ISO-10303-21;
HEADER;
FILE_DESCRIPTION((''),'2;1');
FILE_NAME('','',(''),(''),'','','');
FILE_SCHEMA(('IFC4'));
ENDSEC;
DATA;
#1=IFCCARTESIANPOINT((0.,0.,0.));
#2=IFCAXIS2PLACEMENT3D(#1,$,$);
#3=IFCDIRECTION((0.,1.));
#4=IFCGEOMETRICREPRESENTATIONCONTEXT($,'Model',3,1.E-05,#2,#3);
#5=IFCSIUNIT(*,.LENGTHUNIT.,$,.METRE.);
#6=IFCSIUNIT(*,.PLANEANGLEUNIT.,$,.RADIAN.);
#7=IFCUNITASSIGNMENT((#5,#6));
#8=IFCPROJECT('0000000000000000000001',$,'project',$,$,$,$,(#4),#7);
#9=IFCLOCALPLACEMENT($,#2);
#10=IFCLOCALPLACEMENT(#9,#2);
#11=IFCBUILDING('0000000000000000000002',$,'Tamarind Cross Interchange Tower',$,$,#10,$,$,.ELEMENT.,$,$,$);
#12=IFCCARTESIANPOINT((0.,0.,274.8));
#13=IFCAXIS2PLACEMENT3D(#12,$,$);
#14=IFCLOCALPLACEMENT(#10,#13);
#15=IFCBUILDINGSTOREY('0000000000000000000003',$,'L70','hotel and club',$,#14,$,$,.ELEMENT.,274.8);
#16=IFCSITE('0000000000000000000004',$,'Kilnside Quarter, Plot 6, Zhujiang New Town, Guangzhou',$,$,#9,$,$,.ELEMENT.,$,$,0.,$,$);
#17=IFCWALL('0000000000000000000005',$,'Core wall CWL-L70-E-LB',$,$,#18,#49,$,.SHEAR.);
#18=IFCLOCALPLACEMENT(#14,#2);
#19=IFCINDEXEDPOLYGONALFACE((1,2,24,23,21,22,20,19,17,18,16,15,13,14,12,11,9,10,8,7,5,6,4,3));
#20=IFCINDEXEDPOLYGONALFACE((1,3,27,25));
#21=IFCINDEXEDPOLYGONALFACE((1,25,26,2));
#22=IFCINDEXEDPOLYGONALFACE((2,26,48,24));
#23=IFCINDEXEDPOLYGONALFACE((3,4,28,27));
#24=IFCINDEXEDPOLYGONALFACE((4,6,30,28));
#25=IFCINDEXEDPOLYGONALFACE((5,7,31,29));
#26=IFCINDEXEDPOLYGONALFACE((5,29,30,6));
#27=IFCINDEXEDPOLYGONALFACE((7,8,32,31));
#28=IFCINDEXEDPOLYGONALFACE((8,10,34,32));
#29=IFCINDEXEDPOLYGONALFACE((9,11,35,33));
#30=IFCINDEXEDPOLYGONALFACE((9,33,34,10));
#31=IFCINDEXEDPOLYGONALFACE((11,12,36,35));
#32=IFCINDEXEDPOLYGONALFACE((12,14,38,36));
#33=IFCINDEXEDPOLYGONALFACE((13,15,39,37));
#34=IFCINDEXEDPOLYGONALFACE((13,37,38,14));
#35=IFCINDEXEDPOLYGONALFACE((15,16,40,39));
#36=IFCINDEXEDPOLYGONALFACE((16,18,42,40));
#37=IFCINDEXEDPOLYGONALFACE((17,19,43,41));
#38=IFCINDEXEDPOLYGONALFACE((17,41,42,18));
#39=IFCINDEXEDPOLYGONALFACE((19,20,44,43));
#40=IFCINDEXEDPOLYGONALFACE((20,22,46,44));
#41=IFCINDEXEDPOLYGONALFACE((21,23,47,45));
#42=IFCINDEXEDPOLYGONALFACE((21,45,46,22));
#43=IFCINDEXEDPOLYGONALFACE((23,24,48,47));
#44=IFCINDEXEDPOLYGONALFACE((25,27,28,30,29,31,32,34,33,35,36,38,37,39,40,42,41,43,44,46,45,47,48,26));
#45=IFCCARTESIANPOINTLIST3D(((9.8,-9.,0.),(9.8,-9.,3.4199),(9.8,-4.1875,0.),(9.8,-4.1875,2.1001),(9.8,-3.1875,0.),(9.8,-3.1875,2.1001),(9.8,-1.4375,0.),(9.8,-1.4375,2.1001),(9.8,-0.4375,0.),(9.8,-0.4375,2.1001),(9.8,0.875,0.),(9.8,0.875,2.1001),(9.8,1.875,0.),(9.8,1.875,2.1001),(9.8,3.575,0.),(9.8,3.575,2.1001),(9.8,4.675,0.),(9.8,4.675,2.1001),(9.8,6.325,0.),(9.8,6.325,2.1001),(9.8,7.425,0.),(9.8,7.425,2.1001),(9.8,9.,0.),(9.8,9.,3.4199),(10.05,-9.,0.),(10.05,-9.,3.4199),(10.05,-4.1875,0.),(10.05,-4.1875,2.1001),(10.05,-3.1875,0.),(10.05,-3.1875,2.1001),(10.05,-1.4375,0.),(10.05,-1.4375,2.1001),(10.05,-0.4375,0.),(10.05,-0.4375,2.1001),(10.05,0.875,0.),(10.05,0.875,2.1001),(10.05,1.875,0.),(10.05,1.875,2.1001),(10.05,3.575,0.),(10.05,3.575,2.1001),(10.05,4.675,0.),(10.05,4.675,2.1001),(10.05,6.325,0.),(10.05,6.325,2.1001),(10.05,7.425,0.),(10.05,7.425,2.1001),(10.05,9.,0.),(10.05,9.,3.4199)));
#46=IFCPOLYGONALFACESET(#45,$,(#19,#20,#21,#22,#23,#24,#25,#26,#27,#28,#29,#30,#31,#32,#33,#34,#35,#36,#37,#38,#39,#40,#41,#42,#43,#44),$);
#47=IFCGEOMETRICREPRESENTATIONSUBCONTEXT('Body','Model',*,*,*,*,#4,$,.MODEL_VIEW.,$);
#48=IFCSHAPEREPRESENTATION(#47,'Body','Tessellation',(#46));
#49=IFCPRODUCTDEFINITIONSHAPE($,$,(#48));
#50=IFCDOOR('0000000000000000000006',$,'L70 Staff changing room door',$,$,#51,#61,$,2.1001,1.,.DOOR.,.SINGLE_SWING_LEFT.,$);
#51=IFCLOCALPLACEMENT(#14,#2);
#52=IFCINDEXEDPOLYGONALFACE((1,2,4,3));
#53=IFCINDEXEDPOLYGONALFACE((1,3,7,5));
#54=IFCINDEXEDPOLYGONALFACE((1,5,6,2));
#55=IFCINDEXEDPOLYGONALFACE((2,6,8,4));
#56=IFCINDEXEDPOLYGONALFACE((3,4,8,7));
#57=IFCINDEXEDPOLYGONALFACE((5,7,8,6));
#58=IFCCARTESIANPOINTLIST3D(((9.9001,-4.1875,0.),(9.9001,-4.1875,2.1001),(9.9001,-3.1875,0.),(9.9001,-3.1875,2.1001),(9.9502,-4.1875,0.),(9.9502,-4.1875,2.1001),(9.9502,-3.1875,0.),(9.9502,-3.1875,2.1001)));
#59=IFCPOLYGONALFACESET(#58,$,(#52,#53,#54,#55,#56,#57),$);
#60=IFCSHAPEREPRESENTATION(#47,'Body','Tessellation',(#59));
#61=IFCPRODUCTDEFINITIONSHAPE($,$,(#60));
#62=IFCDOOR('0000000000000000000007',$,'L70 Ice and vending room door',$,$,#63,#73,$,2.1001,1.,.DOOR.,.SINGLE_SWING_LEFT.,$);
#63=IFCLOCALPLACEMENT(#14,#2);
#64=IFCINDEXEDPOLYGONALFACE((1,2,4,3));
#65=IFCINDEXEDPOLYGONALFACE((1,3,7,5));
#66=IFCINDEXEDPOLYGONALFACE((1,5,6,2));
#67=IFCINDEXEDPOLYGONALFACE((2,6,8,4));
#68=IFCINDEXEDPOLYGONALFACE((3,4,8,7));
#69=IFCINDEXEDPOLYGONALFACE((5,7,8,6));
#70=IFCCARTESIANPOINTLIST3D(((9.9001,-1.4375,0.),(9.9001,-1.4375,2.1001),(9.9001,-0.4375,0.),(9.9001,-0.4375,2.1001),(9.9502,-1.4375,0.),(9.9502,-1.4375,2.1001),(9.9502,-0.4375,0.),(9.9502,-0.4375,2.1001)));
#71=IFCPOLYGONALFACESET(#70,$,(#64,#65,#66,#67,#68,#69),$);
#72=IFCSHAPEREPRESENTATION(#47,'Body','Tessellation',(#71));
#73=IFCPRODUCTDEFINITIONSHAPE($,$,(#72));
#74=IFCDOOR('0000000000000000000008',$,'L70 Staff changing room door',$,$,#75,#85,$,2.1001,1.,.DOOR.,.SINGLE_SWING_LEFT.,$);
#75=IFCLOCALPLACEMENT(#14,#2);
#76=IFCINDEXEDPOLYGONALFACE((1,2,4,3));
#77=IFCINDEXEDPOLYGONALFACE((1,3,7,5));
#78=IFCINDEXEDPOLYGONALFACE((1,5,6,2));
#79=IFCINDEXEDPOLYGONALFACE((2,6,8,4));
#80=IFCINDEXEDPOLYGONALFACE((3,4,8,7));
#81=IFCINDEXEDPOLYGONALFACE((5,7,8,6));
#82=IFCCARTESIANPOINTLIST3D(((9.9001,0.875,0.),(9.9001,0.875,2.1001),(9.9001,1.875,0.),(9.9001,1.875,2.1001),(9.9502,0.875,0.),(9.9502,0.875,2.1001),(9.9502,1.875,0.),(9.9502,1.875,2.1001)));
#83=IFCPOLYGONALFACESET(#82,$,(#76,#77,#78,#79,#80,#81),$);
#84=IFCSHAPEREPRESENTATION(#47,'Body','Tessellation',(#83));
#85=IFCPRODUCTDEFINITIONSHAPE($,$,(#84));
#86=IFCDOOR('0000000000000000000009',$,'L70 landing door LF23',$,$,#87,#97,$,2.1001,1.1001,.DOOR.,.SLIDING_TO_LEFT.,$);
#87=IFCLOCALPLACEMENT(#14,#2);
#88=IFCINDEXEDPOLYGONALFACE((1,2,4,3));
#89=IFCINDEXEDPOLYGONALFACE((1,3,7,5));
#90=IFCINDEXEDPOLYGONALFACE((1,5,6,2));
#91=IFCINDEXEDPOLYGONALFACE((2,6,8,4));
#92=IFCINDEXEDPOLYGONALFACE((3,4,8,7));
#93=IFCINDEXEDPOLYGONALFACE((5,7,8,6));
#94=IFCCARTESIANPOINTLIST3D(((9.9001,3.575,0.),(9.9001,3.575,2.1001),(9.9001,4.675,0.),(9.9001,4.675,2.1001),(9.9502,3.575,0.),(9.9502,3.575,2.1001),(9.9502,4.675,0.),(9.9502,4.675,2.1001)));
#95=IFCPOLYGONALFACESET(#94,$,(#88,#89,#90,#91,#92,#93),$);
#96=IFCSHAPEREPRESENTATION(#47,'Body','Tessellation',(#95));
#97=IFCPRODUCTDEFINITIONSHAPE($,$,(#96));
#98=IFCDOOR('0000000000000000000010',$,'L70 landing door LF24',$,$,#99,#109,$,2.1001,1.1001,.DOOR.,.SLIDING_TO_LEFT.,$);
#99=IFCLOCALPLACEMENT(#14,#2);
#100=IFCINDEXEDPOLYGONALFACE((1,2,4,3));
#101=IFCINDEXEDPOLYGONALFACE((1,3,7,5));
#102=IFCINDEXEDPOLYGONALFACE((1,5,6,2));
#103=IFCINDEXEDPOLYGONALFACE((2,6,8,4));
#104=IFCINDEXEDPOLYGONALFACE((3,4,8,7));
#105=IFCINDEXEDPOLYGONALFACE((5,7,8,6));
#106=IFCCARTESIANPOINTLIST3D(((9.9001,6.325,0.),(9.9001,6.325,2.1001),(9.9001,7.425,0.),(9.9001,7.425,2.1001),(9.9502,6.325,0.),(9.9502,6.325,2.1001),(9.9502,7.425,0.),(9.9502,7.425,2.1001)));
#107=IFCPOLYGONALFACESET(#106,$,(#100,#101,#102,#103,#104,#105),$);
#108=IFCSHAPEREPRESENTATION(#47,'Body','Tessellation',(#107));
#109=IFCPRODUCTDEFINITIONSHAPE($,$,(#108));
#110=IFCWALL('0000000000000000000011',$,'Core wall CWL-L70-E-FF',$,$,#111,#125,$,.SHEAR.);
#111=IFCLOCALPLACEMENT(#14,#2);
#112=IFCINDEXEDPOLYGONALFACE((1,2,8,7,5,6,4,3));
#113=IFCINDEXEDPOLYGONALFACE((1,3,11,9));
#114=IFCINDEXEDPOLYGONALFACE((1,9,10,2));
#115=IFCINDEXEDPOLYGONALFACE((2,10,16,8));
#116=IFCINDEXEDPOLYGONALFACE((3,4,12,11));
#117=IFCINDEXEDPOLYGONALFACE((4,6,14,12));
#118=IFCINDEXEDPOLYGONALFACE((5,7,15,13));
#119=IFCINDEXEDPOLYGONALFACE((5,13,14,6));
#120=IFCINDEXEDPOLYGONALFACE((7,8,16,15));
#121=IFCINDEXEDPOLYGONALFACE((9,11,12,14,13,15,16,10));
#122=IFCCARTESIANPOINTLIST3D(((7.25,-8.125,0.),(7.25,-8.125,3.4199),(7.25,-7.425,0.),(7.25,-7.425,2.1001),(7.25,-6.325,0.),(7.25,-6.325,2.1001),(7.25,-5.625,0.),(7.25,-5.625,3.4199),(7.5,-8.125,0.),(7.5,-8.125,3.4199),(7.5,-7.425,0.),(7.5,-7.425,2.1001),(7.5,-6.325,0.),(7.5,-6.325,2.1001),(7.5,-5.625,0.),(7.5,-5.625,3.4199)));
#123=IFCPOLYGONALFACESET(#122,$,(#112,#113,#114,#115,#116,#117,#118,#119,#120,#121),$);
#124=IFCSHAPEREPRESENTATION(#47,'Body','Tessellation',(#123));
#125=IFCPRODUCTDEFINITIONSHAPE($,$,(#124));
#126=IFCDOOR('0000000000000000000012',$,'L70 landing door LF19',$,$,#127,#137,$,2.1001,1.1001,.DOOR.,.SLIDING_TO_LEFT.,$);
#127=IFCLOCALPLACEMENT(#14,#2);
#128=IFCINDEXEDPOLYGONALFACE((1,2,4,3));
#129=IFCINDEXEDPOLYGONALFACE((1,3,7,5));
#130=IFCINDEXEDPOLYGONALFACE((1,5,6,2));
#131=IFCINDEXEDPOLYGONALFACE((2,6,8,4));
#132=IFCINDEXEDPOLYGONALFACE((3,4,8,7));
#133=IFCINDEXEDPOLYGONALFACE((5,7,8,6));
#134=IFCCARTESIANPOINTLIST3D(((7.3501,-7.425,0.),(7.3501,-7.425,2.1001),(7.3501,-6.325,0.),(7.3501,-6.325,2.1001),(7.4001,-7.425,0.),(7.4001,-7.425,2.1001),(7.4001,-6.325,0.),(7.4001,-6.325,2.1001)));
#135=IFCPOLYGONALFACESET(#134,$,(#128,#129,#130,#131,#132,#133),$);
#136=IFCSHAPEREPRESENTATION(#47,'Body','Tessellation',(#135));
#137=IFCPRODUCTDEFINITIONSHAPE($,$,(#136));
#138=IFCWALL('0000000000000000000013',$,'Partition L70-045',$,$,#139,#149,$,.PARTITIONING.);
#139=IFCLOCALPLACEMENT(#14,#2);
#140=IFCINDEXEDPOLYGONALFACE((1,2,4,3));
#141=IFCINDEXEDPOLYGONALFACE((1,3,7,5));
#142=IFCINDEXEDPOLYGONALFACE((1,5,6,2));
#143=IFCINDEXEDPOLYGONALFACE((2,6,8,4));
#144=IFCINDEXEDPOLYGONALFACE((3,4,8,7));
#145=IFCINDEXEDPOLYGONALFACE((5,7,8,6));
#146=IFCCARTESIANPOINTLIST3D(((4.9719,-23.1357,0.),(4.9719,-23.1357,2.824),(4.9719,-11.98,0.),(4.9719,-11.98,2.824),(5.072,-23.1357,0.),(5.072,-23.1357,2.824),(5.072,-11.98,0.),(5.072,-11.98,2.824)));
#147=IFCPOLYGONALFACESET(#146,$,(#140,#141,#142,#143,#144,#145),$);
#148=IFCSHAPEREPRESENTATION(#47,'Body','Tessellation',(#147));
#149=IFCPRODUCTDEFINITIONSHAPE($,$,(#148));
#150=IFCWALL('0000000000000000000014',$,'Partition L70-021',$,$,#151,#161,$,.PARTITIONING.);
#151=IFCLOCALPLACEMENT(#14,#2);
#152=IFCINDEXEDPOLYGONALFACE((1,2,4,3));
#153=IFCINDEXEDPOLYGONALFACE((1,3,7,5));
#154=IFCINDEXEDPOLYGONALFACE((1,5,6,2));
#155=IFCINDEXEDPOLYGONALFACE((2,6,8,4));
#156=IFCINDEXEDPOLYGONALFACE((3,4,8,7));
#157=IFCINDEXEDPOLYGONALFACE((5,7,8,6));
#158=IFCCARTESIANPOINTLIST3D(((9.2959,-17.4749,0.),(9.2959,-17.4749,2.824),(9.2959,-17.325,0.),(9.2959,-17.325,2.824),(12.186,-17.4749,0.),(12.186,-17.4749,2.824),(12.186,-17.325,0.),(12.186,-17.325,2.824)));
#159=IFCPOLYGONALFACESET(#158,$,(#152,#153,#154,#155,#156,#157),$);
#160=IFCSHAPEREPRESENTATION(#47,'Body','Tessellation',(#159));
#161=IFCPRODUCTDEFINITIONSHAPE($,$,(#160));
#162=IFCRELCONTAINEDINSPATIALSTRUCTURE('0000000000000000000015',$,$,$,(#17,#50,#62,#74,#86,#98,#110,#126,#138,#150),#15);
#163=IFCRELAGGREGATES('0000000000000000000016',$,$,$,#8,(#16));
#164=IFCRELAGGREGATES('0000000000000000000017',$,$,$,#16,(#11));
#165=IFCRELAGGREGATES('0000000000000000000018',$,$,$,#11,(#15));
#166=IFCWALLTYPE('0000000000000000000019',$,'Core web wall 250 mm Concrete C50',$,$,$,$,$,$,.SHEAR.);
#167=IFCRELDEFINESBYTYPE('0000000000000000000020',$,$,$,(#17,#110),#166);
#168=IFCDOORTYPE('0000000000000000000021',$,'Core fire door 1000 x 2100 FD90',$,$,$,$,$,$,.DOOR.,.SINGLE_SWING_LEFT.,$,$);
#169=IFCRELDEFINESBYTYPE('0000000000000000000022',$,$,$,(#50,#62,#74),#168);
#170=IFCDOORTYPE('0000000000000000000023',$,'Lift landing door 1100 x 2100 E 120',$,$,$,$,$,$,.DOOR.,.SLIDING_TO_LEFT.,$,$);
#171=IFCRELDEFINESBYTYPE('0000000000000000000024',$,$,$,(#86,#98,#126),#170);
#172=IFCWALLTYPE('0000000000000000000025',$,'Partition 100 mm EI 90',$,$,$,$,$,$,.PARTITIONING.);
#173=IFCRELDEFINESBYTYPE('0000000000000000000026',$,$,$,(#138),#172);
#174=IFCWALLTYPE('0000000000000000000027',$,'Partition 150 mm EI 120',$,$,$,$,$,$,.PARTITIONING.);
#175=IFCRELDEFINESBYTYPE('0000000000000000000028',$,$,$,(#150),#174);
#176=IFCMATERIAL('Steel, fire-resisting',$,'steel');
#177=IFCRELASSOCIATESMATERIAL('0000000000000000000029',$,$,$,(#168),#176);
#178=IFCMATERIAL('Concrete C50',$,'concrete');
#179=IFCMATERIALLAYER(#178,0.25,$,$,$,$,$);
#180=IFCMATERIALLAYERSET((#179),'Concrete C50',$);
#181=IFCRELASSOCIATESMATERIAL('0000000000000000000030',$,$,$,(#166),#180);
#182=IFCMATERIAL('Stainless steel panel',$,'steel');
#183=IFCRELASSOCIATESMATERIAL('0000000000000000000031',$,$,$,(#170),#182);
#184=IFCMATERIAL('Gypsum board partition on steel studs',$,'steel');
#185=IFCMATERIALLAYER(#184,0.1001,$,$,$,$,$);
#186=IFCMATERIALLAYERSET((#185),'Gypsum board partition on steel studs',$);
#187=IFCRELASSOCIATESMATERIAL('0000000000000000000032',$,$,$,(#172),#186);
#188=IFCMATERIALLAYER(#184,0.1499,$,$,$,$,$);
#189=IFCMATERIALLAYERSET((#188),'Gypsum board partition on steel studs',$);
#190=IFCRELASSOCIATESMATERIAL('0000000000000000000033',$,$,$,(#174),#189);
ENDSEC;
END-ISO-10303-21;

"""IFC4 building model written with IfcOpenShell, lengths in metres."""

from ifc_helpers import new_model, si_unit, direction, frame, frame_2d, origin, place, context, subcontext, project, spatial, rectangle, extrude, material, layer, layer_set, type_object, element, fill, save


model = new_model("IFC4")

# Units and contexts
model_context = context("Model", 3, precision=1e-05, world=origin(), true_north=direction((0.0, 1.0)))
body_context = subcontext(model_context, "Body", "Model", "MODEL_VIEW")
ifc_project = project(units=[si_unit("LENGTHUNIT", "METRE"), si_unit("PLANEANGLEUNIT", "RADIAN")], contexts=[model_context])

# Site, building, storey
site_placement = place(None, origin())
site = spatial("IfcSite", under=ifc_project, at=site_placement, Name="Kilnside Quarter, Plot 6, Zhujiang New Town, Guangzhou", CompositionType="ELEMENT", RefElevation=0.0)
building_placement = place(site_placement, origin())
building = spatial("IfcBuilding", under=site, at=building_placement, Name="Tamarind Cross Interchange Tower", CompositionType="ELEMENT")
storey_placement = place(building_placement, frame((0.0, 0.0, 274.8)))
storey = spatial("IfcBuildingStorey", under=building, at=storey_placement, Name="L70", Description="hotel and club", CompositionType="ELEMENT", Elevation=274.8)

# Shared definitions
ifc_material_1 = material(Name="Concrete C50", Category="concrete")
ifc_material_2 = material(Name="Steel, fire-resisting", Category="steel")
door_type_1 = type_object("IfcDoorType", Name="Core fire door 1000 x 2100 FD90", OperationType="SINGLE_SWING_LEFT", PredefinedType="DOOR", material=ifc_material_2)

# Shared definitions
ifc_layer_1 = layer(ifc_material_1, 0.25)
ifc_layer_set_1 = layer_set([ifc_layer_1], Name="Concrete C50")
wall_type_1 = type_object("IfcWallType", Name="Core web wall 250 mm Concrete C50", PredefinedType="SHEAR", material=ifc_layer_set_1)

# Wall, openings, doors
wall_1_placement = place(storey_placement, frame((9.925, -9.0, 0.0), z_axis=(0.0, 0.0, 1.0), x_axis=(0.0, 1.0, 0.0)))
wall_1 = element("IfcWall", 1, at=wall_1_placement, inside=storey, type_object=wall_type_1, Name="Core wall CWL-L70-E-LB", PredefinedType="SHEAR", context=body_context, shape_type="SweptSolid", body=[
    extrude(rectangle(XDim=18.0, YDim=0.25, at=frame_2d((9.0, 0.0))), origin(), (0.0, 0.0, 1.0), 3.4199),
])
opening_1_placement = place(wall_1_placement, frame((12.575, 0.0, 0.0)))
opening_1 = element("IfcOpeningElement", 2, at=opening_1_placement, cuts=wall_1, PredefinedType="OPENING", context=body_context, shape_type="SweptSolid", body=[
    extrude(rectangle(XDim=1.1001, YDim=2.1001, at=frame_2d((0.55, 1.05))), frame((0.0, 0.135, 0.0), z_axis=(0.0, -1.0, 0.0), x_axis=(1.0, 0.0, 0.0)), (0.0, 0.0, 1.0), 0.27),
])
opening_2_placement = place(wall_1_placement, frame((15.325, 0.0, 0.0)))
opening_2 = element("IfcOpeningElement", 3, at=opening_2_placement, cuts=wall_1, PredefinedType="OPENING", context=body_context, shape_type="SweptSolid", body=[
    extrude(rectangle(XDim=1.1001, YDim=2.1001, at=frame_2d((0.55, 1.05))), frame((0.0, 0.135, 0.0), z_axis=(0.0, -1.0, 0.0), x_axis=(1.0, 0.0, 0.0)), (0.0, 0.0, 1.0), 0.27),
])
opening_3_placement = place(wall_1_placement, frame((4.8125, 0.0, 0.0)))
opening_3 = element("IfcOpeningElement", 4, at=opening_3_placement, cuts=wall_1, PredefinedType="OPENING", context=body_context, shape_type="SweptSolid", body=[
    extrude(rectangle(XDim=1.0, YDim=2.1001, at=frame_2d((0.5, 1.05))), frame((0.0, 0.135, 0.0), z_axis=(0.0, -1.0, 0.0), x_axis=(1.0, 0.0, 0.0)), (0.0, 0.0, 1.0), 0.27),
])
opening_4_placement = place(wall_1_placement, frame((7.5625, 0.0, 0.0)))
opening_4 = element("IfcOpeningElement", 5, at=opening_4_placement, cuts=wall_1, PredefinedType="OPENING", context=body_context, shape_type="SweptSolid", body=[
    extrude(rectangle(XDim=1.0, YDim=2.1001, at=frame_2d((0.5, 1.05))), frame((0.0, 0.135, 0.0), z_axis=(0.0, -1.0, 0.0), x_axis=(1.0, 0.0, 0.0)), (0.0, 0.0, 1.0), 0.27),
])
opening_5_placement = place(wall_1_placement, frame((9.875, 0.0, 0.0)))
opening_5 = element("IfcOpeningElement", 6, at=opening_5_placement, cuts=wall_1, PredefinedType="OPENING", context=body_context, shape_type="SweptSolid", body=[
    extrude(rectangle(XDim=1.0, YDim=2.1001, at=frame_2d((0.5, 1.05))), frame((0.0, 0.135, 0.0), z_axis=(0.0, -1.0, 0.0), x_axis=(1.0, 0.0, 0.0)), (0.0, 0.0, 1.0), 0.27),
])
door_1_placement = place(opening_3_placement, origin())
door_1 = element("IfcDoor", 7, at=door_1_placement, inside=storey, type_object=door_type_1, Name="L70 Staff changing room door", OperationType="SINGLE_SWING_LEFT", OverallHeight=2.1001, OverallWidth=1.0, PredefinedType="DOOR", context=body_context, shape_type="SweptSolid", body=[
    extrude(rectangle(XDim=1.0, YDim=2.1001, at=frame_2d((0.5, 1.05))), frame((0.0, 0.0249, 0.0), z_axis=(0.0, -1.0, 0.0), x_axis=(1.0, 0.0, 0.0)), (0.0, 0.0, 1.0), 0.05),
])
fill(opening_3, door_1)
door_2_placement = place(opening_4_placement, origin())
door_2 = element("IfcDoor", 8, at=door_2_placement, inside=storey, type_object=door_type_1, Name="L70 Ice and vending room door", OperationType="SINGLE_SWING_LEFT", OverallHeight=2.1001, OverallWidth=1.0, PredefinedType="DOOR", context=body_context, shape_type="SweptSolid", body=[
    extrude(rectangle(XDim=1.0, YDim=2.1001, at=frame_2d((0.5, 1.05))), frame((0.0, 0.0249, 0.0), z_axis=(0.0, -1.0, 0.0), x_axis=(1.0, 0.0, 0.0)), (0.0, 0.0, 1.0), 0.05),
])
fill(opening_4, door_2)
door_3_placement = place(opening_5_placement, origin())
door_3 = element("IfcDoor", 9, at=door_3_placement, inside=storey, type_object=door_type_1, Name="L70 Staff changing room door", OperationType="SINGLE_SWING_LEFT", OverallHeight=2.1001, OverallWidth=1.0, PredefinedType="DOOR", context=body_context, shape_type="SweptSolid", body=[
    extrude(rectangle(XDim=1.0, YDim=2.1001, at=frame_2d((0.5, 1.05))), frame((0.0, 0.0249, 0.0), z_axis=(0.0, -1.0, 0.0), x_axis=(1.0, 0.0, 0.0)), (0.0, 0.0, 1.0), 0.05),
])
fill(opening_5, door_3)
ifc_material_3 = material(Name="Stainless steel panel", Category="steel")
door_type_2 = type_object("IfcDoorType", Name="Lift landing door 1100 x 2100 E 120", OperationType="SLIDING_TO_LEFT", PredefinedType="DOOR", material=ifc_material_3)
door_4_placement = place(opening_1_placement, origin())
door_4 = element("IfcDoor", 10, at=door_4_placement, inside=storey, type_object=door_type_2, Name="L70 landing door LF23", OperationType="SLIDING_TO_LEFT", OverallHeight=2.1001, OverallWidth=1.1001, PredefinedType="DOOR", context=body_context, shape_type="SweptSolid", body=[
    extrude(rectangle(XDim=1.1001, YDim=2.1001, at=frame_2d((0.55, 1.05))), frame((0.0, 0.0249, 0.0), z_axis=(0.0, -1.0, 0.0), x_axis=(1.0, 0.0, 0.0)), (0.0, 0.0, 1.0), 0.05),
])
fill(opening_1, door_4)
door_5_placement = place(opening_2_placement, origin())
door_5 = element("IfcDoor", 11, at=door_5_placement, inside=storey, type_object=door_type_2, Name="L70 landing door LF24", OperationType="SLIDING_TO_LEFT", OverallHeight=2.1001, OverallWidth=1.1001, PredefinedType="DOOR", context=body_context, shape_type="SweptSolid", body=[
    extrude(rectangle(XDim=1.1001, YDim=2.1001, at=frame_2d((0.55, 1.05))), frame((0.0, 0.0249, 0.0), z_axis=(0.0, -1.0, 0.0), x_axis=(1.0, 0.0, 0.0)), (0.0, 0.0, 1.0), 0.05),
])
fill(opening_2, door_5)

# Wall, opening, door
wall_2_placement = place(storey_placement, frame((7.375, -8.125, 0.0), z_axis=(0.0, 0.0, 1.0), x_axis=(0.0, 1.0, 0.0)))
wall_2 = element("IfcWall", 12, at=wall_2_placement, inside=storey, type_object=wall_type_1, Name="Core wall CWL-L70-E-FF", PredefinedType="SHEAR", context=body_context, shape_type="SweptSolid", body=[
    extrude(rectangle(XDim=2.5, YDim=0.25, at=frame_2d((1.25, 0.0))), origin(), (0.0, 0.0, 1.0), 3.4199),
])
opening_6_placement = place(wall_2_placement, frame((0.7, 0.0, 0.0)))
opening_6 = element("IfcOpeningElement", 13, at=opening_6_placement, cuts=wall_2, PredefinedType="OPENING", context=body_context, shape_type="SweptSolid", body=[
    extrude(rectangle(XDim=1.1001, YDim=2.1001, at=frame_2d((0.55, 1.05))), frame((0.0, 0.135, 0.0), z_axis=(0.0, -1.0, 0.0), x_axis=(1.0, 0.0, 0.0)), (0.0, 0.0, 1.0), 0.27),
])
door_6_placement = place(opening_6_placement, origin())
door_6 = element("IfcDoor", 14, at=door_6_placement, inside=storey, type_object=door_type_2, Name="L70 landing door LF19", OperationType="SLIDING_TO_LEFT", OverallHeight=2.1001, OverallWidth=1.1001, PredefinedType="DOOR", context=body_context, shape_type="SweptSolid", body=[
    extrude(rectangle(XDim=1.1001, YDim=2.1001, at=frame_2d((0.55, 1.05))), frame((0.0, 0.0249, 0.0), z_axis=(0.0, -1.0, 0.0), x_axis=(1.0, 0.0, 0.0)), (0.0, 0.0, 1.0), 0.05),
])
fill(opening_6, door_6)

# Walls
ifc_material_4 = material(Name="Gypsum board partition on steel studs", Category="steel")
ifc_layer_2 = layer(ifc_material_4, 0.1001)
ifc_layer_set_2 = layer_set([ifc_layer_2], Name="Gypsum board partition on steel studs")
wall_type_2 = type_object("IfcWallType", Name="Partition 100 mm EI 90", PredefinedType="PARTITIONING", material=ifc_layer_set_2)
wall_3_placement = place(storey_placement, frame((5.022, -23.1357, 0.0), z_axis=(0.0, 0.0, 1.0), x_axis=(0.0, 1.0, 0.0)))
element("IfcWall", 15, at=wall_3_placement, inside=storey, type_object=wall_type_2, Name="Partition L70-045", PredefinedType="PARTITIONING", context=body_context, shape_type="SweptSolid", body=[
    extrude(rectangle(XDim=11.1558, YDim=0.1001, at=frame_2d((5.5779, 0.0))), origin(), (0.0, 0.0, 1.0), 2.824),
])
ifc_layer_3 = layer(ifc_material_4, 0.1499)
ifc_layer_set_3 = layer_set([ifc_layer_3], Name="Gypsum board partition on steel studs")
wall_type_3 = type_object("IfcWallType", Name="Partition 150 mm EI 120", PredefinedType="PARTITIONING", material=ifc_layer_set_3)
wall_4_placement = place(storey_placement, frame((9.2959, -17.3999, 0.0), z_axis=(0.0, 0.0, 1.0), x_axis=(1.0, 0.0, 0.0)))
element("IfcWall", 16, at=wall_4_placement, inside=storey, type_object=wall_type_3, Name="Partition L70-021", PredefinedType="PARTITIONING", context=body_context, shape_type="SweptSolid", body=[
    extrude(rectangle(XDim=2.8901, YDim=0.1499, at=frame_2d((1.4451, 0.0))), origin(), (0.0, 0.0, 1.0), 2.824),
])

save(model, "model.ifc")
